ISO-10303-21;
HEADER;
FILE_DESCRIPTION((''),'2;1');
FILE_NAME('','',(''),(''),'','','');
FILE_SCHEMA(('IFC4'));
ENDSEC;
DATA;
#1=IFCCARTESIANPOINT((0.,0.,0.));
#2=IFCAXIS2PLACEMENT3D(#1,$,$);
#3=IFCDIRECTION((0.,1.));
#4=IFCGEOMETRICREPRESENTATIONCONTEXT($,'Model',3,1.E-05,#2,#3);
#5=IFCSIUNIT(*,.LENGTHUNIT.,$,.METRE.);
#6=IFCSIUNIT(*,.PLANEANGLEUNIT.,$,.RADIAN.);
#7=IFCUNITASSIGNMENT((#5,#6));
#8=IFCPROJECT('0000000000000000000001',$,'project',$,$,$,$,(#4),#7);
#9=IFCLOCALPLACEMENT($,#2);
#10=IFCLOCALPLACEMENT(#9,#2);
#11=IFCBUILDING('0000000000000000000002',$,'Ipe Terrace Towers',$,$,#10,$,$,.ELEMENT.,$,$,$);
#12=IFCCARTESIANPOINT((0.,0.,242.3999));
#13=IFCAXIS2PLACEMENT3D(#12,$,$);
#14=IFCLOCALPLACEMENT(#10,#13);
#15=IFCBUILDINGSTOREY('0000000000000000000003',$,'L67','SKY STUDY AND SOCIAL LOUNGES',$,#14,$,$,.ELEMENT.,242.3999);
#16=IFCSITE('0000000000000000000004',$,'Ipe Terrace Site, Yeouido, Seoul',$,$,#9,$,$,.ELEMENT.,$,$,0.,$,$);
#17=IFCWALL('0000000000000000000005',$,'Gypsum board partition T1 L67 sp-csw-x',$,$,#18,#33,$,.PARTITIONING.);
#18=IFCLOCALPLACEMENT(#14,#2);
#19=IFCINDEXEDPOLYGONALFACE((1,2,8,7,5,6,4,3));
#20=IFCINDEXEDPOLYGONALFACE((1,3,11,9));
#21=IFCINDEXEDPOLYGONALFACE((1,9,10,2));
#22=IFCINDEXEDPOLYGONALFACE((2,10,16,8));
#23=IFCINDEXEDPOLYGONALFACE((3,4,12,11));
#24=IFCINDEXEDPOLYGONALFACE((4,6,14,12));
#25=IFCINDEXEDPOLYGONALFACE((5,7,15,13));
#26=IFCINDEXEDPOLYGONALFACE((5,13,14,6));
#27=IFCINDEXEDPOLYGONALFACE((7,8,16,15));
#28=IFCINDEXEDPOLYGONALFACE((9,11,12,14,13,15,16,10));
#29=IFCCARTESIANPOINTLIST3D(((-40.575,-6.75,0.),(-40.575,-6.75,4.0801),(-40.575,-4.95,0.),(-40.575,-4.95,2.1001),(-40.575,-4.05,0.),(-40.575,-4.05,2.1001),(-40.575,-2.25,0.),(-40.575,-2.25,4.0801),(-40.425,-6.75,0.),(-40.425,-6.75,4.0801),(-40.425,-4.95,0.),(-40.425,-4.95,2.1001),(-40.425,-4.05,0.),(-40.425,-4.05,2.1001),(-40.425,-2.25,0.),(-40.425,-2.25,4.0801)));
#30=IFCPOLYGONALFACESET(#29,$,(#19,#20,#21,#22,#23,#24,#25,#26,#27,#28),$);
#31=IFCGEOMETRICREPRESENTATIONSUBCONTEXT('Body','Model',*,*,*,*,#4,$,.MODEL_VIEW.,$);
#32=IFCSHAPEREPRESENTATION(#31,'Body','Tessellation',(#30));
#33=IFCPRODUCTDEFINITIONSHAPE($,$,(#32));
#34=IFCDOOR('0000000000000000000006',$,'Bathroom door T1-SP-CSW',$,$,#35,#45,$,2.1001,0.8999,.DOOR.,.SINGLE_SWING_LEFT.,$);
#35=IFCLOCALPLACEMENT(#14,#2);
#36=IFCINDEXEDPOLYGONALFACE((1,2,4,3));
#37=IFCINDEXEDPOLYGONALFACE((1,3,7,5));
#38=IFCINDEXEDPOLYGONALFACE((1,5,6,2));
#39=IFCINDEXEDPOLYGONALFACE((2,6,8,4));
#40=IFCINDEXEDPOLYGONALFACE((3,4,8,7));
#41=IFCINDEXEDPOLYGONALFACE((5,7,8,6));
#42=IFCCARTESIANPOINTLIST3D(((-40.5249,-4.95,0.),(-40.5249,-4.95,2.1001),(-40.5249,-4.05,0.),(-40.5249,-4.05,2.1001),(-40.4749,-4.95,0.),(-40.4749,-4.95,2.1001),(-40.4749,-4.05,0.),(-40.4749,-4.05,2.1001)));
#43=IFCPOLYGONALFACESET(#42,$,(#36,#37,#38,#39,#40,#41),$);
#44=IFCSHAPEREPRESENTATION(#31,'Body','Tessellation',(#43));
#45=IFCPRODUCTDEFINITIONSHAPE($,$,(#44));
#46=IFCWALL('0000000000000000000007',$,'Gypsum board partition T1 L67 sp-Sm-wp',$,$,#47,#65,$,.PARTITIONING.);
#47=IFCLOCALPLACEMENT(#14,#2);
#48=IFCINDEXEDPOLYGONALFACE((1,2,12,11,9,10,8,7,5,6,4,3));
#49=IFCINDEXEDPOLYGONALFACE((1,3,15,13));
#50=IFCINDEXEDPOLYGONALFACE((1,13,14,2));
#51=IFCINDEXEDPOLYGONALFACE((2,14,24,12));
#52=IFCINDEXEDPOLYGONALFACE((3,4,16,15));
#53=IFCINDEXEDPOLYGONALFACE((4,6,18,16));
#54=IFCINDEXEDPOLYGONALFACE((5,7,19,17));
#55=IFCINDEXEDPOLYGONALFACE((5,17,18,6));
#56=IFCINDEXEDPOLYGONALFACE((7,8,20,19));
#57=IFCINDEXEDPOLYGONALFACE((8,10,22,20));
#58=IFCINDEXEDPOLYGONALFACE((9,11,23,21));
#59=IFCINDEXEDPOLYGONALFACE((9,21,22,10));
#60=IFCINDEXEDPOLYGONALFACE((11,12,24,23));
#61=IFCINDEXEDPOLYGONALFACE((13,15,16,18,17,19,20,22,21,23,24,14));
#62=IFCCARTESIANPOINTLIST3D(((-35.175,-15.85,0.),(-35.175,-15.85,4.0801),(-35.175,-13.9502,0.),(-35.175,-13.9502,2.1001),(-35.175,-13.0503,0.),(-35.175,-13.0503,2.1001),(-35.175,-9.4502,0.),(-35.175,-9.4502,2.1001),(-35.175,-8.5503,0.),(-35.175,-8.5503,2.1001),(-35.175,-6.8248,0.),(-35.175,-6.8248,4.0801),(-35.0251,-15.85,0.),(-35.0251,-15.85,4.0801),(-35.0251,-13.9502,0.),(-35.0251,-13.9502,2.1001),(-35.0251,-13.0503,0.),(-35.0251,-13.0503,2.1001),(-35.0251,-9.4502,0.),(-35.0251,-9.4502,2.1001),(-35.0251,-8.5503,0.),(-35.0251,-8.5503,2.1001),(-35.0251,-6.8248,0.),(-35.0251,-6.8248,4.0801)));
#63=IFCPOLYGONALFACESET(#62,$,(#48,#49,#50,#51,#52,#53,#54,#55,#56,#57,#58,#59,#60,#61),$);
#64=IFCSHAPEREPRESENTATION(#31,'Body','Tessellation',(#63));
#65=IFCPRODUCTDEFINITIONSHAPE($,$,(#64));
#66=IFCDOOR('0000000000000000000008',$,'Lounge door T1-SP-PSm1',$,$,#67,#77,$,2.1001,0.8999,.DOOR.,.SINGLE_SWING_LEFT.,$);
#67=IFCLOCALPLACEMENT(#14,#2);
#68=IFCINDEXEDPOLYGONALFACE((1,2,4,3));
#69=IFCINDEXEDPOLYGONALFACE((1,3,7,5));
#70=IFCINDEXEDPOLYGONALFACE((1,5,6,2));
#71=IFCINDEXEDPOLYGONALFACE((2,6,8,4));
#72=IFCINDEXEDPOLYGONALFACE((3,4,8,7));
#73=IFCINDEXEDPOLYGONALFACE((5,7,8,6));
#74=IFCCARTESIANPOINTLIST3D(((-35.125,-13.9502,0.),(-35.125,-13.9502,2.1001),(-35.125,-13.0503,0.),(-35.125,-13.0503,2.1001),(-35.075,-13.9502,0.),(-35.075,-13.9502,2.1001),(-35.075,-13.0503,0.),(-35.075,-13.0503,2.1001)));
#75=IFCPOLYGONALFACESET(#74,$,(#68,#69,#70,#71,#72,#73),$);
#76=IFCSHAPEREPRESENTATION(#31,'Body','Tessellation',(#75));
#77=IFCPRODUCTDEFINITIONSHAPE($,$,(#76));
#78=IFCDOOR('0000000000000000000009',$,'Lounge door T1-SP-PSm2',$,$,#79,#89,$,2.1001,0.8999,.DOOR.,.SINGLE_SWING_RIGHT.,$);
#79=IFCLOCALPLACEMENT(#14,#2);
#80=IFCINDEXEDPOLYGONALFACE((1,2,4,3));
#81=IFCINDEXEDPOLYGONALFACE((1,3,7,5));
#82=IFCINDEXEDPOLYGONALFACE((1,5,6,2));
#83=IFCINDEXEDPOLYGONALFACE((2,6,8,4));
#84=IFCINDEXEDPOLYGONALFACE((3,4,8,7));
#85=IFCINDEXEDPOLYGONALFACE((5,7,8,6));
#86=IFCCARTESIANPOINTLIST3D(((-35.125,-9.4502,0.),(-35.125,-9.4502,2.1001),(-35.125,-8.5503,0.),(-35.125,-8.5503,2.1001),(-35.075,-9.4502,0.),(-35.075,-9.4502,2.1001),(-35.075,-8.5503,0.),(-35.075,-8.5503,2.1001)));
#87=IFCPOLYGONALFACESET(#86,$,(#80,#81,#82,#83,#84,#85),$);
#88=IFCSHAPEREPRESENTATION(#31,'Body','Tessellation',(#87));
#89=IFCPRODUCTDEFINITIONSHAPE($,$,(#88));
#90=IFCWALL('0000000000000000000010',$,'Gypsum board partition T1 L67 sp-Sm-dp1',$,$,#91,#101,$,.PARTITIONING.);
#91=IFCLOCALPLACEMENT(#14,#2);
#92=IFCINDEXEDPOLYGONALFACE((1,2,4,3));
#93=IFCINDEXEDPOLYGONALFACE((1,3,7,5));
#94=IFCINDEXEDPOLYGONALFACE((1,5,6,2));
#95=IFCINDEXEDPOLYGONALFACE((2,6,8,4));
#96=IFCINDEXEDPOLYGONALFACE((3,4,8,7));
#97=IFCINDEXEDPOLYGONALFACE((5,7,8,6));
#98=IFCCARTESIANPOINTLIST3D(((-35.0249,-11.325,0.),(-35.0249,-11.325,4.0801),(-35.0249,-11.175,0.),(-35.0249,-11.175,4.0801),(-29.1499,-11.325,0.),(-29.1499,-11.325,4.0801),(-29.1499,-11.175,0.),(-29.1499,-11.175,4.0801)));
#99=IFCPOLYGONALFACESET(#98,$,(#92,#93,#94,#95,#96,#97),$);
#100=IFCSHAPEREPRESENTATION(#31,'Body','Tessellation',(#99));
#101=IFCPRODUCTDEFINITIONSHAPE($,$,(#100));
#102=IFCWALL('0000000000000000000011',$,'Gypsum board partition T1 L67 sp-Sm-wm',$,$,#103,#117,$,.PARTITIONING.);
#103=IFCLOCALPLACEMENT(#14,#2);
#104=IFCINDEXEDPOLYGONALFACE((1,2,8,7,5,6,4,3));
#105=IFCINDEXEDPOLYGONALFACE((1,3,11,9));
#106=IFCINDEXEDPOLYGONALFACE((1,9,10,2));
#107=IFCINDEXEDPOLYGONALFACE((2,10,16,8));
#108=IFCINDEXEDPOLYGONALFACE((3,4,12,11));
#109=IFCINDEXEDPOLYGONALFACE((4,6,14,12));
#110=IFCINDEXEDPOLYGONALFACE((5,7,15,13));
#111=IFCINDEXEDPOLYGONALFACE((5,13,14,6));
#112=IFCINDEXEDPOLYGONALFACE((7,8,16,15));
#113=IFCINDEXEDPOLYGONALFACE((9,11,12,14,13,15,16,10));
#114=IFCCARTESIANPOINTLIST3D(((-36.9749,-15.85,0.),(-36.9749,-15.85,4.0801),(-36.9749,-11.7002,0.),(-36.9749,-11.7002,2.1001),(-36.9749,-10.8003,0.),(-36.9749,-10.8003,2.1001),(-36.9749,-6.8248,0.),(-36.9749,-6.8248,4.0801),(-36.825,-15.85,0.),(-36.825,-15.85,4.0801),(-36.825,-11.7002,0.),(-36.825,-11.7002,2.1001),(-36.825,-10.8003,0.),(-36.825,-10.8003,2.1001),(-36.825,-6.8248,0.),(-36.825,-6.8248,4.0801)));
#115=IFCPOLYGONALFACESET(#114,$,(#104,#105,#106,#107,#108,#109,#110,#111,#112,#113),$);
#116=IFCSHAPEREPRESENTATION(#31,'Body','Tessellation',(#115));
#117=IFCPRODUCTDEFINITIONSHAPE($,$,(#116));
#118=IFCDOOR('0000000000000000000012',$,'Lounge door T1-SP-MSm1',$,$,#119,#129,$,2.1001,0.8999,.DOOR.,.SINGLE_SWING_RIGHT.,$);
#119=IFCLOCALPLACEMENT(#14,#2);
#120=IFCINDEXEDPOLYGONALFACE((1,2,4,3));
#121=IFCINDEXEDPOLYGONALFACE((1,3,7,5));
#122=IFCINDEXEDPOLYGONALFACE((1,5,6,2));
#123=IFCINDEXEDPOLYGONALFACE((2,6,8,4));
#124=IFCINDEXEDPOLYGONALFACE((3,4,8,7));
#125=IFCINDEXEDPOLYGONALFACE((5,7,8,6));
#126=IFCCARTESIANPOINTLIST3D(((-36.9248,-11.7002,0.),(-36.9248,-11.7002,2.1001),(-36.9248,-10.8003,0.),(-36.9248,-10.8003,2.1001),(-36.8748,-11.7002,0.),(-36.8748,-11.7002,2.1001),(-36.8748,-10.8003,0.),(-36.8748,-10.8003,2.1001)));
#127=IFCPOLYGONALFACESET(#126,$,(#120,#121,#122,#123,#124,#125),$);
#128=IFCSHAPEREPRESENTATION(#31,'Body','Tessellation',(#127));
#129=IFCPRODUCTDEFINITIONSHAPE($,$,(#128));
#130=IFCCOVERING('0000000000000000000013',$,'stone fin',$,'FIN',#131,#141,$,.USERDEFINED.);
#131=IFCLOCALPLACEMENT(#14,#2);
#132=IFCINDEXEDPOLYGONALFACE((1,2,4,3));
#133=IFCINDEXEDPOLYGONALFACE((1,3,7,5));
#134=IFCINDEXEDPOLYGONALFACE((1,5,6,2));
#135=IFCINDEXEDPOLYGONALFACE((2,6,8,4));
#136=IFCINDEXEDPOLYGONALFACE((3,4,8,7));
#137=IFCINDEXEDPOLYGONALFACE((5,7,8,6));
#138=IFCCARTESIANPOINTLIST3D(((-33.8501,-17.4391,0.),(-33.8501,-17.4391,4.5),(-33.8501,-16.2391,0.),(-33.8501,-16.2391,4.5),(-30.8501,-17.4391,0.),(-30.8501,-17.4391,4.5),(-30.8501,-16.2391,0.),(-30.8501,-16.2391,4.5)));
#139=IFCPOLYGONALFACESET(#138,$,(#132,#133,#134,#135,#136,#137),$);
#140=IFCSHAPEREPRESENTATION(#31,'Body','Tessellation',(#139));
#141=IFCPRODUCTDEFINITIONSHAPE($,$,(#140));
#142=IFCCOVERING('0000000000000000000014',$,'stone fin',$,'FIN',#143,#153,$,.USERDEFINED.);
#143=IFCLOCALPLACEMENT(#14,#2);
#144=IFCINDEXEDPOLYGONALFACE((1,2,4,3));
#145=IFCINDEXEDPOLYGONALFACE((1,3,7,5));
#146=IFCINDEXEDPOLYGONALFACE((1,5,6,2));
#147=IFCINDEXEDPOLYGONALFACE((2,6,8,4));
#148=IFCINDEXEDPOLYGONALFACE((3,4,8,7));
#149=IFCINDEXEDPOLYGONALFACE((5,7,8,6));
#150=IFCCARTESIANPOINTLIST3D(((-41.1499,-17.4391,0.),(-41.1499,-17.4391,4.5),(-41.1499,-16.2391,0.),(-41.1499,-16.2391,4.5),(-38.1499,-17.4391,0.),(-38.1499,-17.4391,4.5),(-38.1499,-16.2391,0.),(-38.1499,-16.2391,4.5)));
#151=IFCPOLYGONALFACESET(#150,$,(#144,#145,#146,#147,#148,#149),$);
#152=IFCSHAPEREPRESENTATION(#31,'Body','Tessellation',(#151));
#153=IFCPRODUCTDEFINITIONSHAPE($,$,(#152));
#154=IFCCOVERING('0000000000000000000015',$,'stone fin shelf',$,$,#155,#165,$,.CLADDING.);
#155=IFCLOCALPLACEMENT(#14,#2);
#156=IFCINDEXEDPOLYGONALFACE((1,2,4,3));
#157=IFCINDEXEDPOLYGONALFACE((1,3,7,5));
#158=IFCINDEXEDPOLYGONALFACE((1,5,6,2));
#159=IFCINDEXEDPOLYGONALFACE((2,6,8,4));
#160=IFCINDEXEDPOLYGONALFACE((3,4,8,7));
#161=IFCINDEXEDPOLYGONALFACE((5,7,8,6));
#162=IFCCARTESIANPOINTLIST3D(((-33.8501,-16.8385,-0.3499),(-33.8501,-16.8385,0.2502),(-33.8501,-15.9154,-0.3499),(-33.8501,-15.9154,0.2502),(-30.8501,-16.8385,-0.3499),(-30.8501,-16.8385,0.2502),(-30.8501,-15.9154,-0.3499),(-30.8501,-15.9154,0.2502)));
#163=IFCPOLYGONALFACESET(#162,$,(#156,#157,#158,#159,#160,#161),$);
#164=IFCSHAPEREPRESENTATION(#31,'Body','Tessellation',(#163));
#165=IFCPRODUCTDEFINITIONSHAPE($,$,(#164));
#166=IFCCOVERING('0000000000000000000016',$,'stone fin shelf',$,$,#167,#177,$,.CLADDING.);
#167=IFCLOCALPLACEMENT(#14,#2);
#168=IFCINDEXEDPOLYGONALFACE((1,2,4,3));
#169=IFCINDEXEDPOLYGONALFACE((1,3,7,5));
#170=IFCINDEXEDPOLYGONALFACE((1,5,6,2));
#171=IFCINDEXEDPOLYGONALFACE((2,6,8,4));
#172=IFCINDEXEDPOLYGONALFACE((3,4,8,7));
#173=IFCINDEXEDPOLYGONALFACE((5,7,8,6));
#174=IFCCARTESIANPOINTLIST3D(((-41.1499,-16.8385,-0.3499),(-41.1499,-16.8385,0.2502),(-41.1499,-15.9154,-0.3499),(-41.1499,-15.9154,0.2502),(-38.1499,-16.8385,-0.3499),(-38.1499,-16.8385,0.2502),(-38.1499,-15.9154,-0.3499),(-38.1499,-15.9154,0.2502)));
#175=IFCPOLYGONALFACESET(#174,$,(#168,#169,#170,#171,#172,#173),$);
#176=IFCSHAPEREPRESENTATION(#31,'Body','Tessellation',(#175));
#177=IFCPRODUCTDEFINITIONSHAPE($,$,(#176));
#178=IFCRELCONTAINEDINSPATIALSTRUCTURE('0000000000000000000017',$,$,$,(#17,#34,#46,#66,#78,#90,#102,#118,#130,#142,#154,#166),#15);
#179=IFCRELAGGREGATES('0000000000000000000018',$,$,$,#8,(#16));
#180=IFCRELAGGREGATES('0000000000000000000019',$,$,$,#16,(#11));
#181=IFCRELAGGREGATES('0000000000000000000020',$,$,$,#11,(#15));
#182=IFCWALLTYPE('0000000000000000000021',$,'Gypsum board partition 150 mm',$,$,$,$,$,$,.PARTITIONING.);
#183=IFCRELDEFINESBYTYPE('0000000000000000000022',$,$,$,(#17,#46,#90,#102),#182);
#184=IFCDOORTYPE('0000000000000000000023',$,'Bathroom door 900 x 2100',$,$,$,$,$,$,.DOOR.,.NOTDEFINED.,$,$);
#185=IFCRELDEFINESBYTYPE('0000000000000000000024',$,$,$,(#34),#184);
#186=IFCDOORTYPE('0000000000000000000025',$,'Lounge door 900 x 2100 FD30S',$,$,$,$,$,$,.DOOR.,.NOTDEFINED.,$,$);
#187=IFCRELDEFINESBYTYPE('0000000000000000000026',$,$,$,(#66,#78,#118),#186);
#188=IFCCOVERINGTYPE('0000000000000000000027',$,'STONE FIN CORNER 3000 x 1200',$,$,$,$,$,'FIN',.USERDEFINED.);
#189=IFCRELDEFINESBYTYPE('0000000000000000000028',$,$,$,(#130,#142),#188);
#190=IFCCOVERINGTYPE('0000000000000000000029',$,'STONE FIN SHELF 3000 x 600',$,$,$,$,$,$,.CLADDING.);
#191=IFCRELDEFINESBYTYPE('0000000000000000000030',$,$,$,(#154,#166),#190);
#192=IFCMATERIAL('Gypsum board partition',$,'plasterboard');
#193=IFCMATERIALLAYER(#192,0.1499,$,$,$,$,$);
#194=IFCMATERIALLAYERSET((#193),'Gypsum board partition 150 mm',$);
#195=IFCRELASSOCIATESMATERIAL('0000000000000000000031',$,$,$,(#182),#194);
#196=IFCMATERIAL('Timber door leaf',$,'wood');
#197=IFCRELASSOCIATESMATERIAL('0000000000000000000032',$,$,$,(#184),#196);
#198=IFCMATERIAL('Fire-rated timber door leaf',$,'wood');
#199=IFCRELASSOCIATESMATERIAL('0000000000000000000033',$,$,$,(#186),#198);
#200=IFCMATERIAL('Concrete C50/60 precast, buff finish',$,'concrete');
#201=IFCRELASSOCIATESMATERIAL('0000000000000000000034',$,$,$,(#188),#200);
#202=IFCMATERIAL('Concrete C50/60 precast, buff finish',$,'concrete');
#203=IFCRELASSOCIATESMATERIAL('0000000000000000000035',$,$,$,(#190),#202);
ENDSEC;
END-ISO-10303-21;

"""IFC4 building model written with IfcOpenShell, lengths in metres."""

from ifc_helpers import new_model, si_unit, direction, frame, frame_2d, origin, origin_2d, place, context, subcontext, project, spatial, rectangle, extrude, material, layer, layer_set, material_profile, profile_set, type_object, element, fill, save


model = new_model("IFC4")

# Units and contexts
model_context = context("Model", 3, precision=1e-05, world=origin(), true_north=direction((0.0, 1.0)))
body_context = subcontext(model_context, "Body", "Model", "MODEL_VIEW")
ifc_project = project(units=[si_unit("LENGTHUNIT", "METRE"), si_unit("PLANEANGLEUNIT", "RADIAN")], contexts=[model_context])

# Site, building, storey
site_placement = place(None, origin())
site = spatial("IfcSite", under=ifc_project, at=site_placement, Name="Ipe Terrace Site, Yeouido, Seoul", CompositionType="ELEMENT", RefElevation=0.0)
building_placement = place(site_placement, origin())
building = spatial("IfcBuilding", under=site, at=building_placement, Name="Ipe Terrace Towers", CompositionType="ELEMENT")
storey_placement = place(building_placement, frame((0.0, 0.0, 242.3999)))
storey = spatial("IfcBuildingStorey", under=building, at=storey_placement, Name="L67", Description="SKY STUDY AND SOCIAL LOUNGES", CompositionType="ELEMENT", Elevation=242.3999)

# Shared definitions
ifc_material_1 = material(Name="Gypsum board partition", Category="plasterboard")
ifc_layer_1 = layer(ifc_material_1, 0.1499)
ifc_layer_set_1 = layer_set([ifc_layer_1], Name="Gypsum board partition 150 mm")
wall_type_1 = type_object("IfcWallType", Name="Gypsum board partition 150 mm", PredefinedType="PARTITIONING", material=ifc_layer_set_1)
ifc_material_2 = material(Name="Timber door leaf", Category="wood")
door_type_1 = type_object("IfcDoorType", Name="Bathroom door 900 x 2100", OperationType="NOTDEFINED", PredefinedType="DOOR", material=ifc_material_2)

# Wall, opening, door
wall_1_placement = place(storey_placement, frame((-40.5, -6.75, 0.0), z_axis=(0.0, 0.0, 1.0), x_axis=(0.0, 1.0, 0.0)))
wall_1 = element("IfcWall", 1, at=wall_1_placement, inside=storey, type_object=wall_type_1, Name="Gypsum board partition T1 L67 sp-csw-x", PredefinedType="PARTITIONING", context=body_context, shape_type="SweptSolid", body=[
    extrude(rectangle(XDim=4.5, YDim=0.1499, at=frame_2d((2.25, 0.0))), origin(), (0.0, 0.0, 1.0), 4.0801),
])
opening_1_placement = place(wall_1_placement, frame((1.8, 0.0, 0.0)))
opening_1 = element("IfcOpeningElement", 2, at=opening_1_placement, cuts=wall_1, PredefinedType="OPENING", context=body_context, shape_type="SweptSolid", body=[
    extrude(rectangle(XDim=0.8999, YDim=2.1001, at=frame_2d((0.45, 1.05))), frame((0.0, 0.085, 0.0), z_axis=(0.0, -1.0, 0.0), x_axis=(1.0, 0.0, 0.0)), (0.0, 0.0, 1.0), 0.1699),
])
door_1_placement = place(opening_1_placement, origin())
door_1 = element("IfcDoor", 3, at=door_1_placement, inside=storey, type_object=door_type_1, Name="Bathroom door T1-SP-CSW", OperationType="SINGLE_SWING_LEFT", OverallHeight=2.1001, OverallWidth=0.8999, PredefinedType="DOOR", context=body_context, shape_type="SweptSolid", body=[
    extrude(rectangle(XDim=0.8999, YDim=2.1001, at=frame_2d((0.45, 1.05))), frame((0.0, 0.0249, 0.0), z_axis=(0.0, -1.0, 0.0), x_axis=(1.0, 0.0, 0.0)), (0.0, 0.0, 1.0), 0.05),
])
fill(opening_1, door_1)

# Wall, openings, doors
wall_2_placement = place(storey_placement, frame((-35.1001, -15.8501, 0.0), z_axis=(0.0, 0.0, 1.0), x_axis=(0.0, 1.0, 0.0)))
wall_2 = element("IfcWall", 4, at=wall_2_placement, inside=storey, type_object=wall_type_1, Name="Gypsum board partition T1 L67 sp-Sm-wp", PredefinedType="PARTITIONING", context=body_context, shape_type="SweptSolid", body=[
    extrude(rectangle(XDim=9.0251, YDim=0.1499, at=frame_2d((4.5127, 0.0))), origin(), (0.0, 0.0, 1.0), 4.0801),
])
opening_2_placement = place(wall_2_placement, frame((1.8999, 0.0, 0.0)))
opening_2 = element("IfcOpeningElement", 5, at=opening_2_placement, cuts=wall_2, PredefinedType="OPENING", context=body_context, shape_type="SweptSolid", body=[
    extrude(rectangle(XDim=0.8999, YDim=2.1001, at=frame_2d((0.45, 1.05))), frame((0.0, 0.085, 0.0), z_axis=(0.0, -1.0, 0.0), x_axis=(1.0, 0.0, 0.0)), (0.0, 0.0, 1.0), 0.1699),
])
opening_3_placement = place(wall_2_placement, frame((6.3999, 0.0, 0.0)))
opening_3 = element("IfcOpeningElement", 6, at=opening_3_placement, cuts=wall_2, PredefinedType="OPENING", context=body_context, shape_type="SweptSolid", body=[
    extrude(rectangle(XDim=0.8999, YDim=2.1001, at=frame_2d((0.45, 1.05))), frame((0.0, 0.085, 0.0), z_axis=(0.0, -1.0, 0.0), x_axis=(1.0, 0.0, 0.0)), (0.0, 0.0, 1.0), 0.1699),
])
ifc_material_3 = material(Name="Fire-rated timber door leaf", Category="wood")
door_type_2 = type_object("IfcDoorType", Name="Lounge door 900 x 2100 FD30S", OperationType="NOTDEFINED", PredefinedType="DOOR", material=ifc_material_3)
door_2_placement = place(opening_2_placement, origin())
door_2 = element("IfcDoor", 7, at=door_2_placement, inside=storey, type_object=door_type_2, Name="Lounge door T1-SP-PSm1", OperationType="SINGLE_SWING_LEFT", OverallHeight=2.1001, OverallWidth=0.8999, PredefinedType="DOOR", context=body_context, shape_type="SweptSolid", body=[
    extrude(rectangle(XDim=0.8999, YDim=2.1001, at=frame_2d((0.45, 1.05))), frame((0.0, 0.0249, 0.0), z_axis=(0.0, -1.0, 0.0), x_axis=(1.0, 0.0, 0.0)), (0.0, 0.0, 1.0), 0.05),
])
fill(opening_2, door_2)
door_3_placement = place(opening_3_placement, origin())
door_3 = element("IfcDoor", 8, at=door_3_placement, inside=storey, type_object=door_type_2, Name="Lounge door T1-SP-PSm2", OperationType="SINGLE_SWING_RIGHT", OverallHeight=2.1001, OverallWidth=0.8999, PredefinedType="DOOR", context=body_context, shape_type="SweptSolid", body=[
    extrude(rectangle(XDim=0.8999, YDim=2.1001, at=frame_2d((0.45, 1.05))), frame((0.0, 0.0249, 0.0), z_axis=(0.0, -1.0, 0.0), x_axis=(1.0, 0.0, 0.0)), (0.0, 0.0, 1.0), 0.05),
])
fill(opening_3, door_3)

# Wall
wall_3_placement = place(storey_placement, frame((-35.0249, -11.25, 0.0), z_axis=(0.0, 0.0, 1.0), x_axis=(1.0, 0.0, 0.0)))
element("IfcWall", 9, at=wall_3_placement, inside=storey, type_object=wall_type_1, Name="Gypsum board partition T1 L67 sp-Sm-dp1", PredefinedType="PARTITIONING", context=body_context, shape_type="SweptSolid", body=[
    extrude(rectangle(XDim=5.875, YDim=0.1499, at=frame_2d((2.9375, 0.0))), origin(), (0.0, 0.0, 1.0), 4.0801),
])

# Wall, opening, door
wall_4_placement = place(storey_placement, frame((-36.8999, -15.8501, 0.0), z_axis=(0.0, 0.0, 1.0), x_axis=(0.0, 1.0, 0.0)))
wall_4 = element("IfcWall", 10, at=wall_4_placement, inside=storey, type_object=wall_type_1, Name="Gypsum board partition T1 L67 sp-Sm-wm", PredefinedType="PARTITIONING", context=body_context, shape_type="SweptSolid", body=[
    extrude(rectangle(XDim=9.0251, YDim=0.1499, at=frame_2d((4.5127, 0.0))), origin(), (0.0, 0.0, 1.0), 4.0801),
])
opening_4_placement = place(wall_4_placement, frame((4.1499, 0.0, 0.0)))
opening_4 = element("IfcOpeningElement", 11, at=opening_4_placement, cuts=wall_4, PredefinedType="OPENING", context=body_context, shape_type="SweptSolid", body=[
    extrude(rectangle(XDim=0.8999, YDim=2.1001, at=frame_2d((0.45, 1.05))), frame((0.0, 0.085, 0.0), z_axis=(0.0, -1.0, 0.0), x_axis=(1.0, 0.0, 0.0)), (0.0, 0.0, 1.0), 0.1699),
])
door_4_placement = place(opening_4_placement, origin())
door_4 = element("IfcDoor", 12, at=door_4_placement, inside=storey, type_object=door_type_2, Name="Lounge door T1-SP-MSm1", OperationType="SINGLE_SWING_RIGHT", OverallHeight=2.1001, OverallWidth=0.8999, PredefinedType="DOOR", context=body_context, shape_type="SweptSolid", body=[
    extrude(rectangle(XDim=0.8999, YDim=2.1001, at=frame_2d((0.45, 1.05))), frame((0.0, 0.0249, 0.0), z_axis=(0.0, -1.0, 0.0), x_axis=(1.0, 0.0, 0.0)), (0.0, 0.0, 1.0), 0.05),
])
fill(opening_4, door_4)

# Coverings
ifc_material_4 = material(Name="Concrete C50/60 precast, buff finish", Category="concrete")
ifc_material_profile_1 = material_profile(ifc_material_4, rectangle(XDim=3.0, YDim=1.2, at=origin_2d()), Name="STONE FIN CORNER 3000 x 1200")
ifc_profile_set_1 = profile_set([ifc_material_profile_1], Name="Concrete C50/60 precast, buff finish")
covering_type_1 = type_object("IfcCoveringType", Name="STONE FIN CORNER 3000 x 1200", ElementType="FIN", PredefinedType="USERDEFINED", material=ifc_profile_set_1)
for number, where, z_axis, x_axis, name in (
    (13, (-32.3501, -16.8391, 0.0), (0.0, 0.0, 1.0), (1.0, 0.0, 0.0), "stone fin"),
    (14, (-39.6499, -16.8391, 0.0), (0.0, 0.0, 1.0), (1.0, 0.0, 0.0), "stone fin"),
):
    element("IfcCovering", number, at=place(storey_placement, frame(where, z_axis=z_axis, x_axis=x_axis)), inside=storey, type_object=covering_type_1, Name=name, ObjectType="FIN", PredefinedType="USERDEFINED", context=body_context, shape_type="SweptSolid", body=[
        extrude(rectangle(XDim=3.0, YDim=1.2, at=origin_2d()), origin(), (0.0, 0.0, 1.0), 4.5),
    ])
ifc_material_5 = material(Name="Concrete C50/60 precast, buff finish", Category="concrete")
covering_type_2 = type_object("IfcCoveringType", Name="STONE FIN SHELF 3000 x 600", PredefinedType="CLADDING", material=ifc_material_5)
for number, where, z_axis, x_axis, name in (
    (15, (-32.3501, -16.377, -0.3499), (0.0, 0.0, 1.0), (1.0, 0.0, 0.0), "stone fin shelf"),
    (16, (-39.6499, -16.377, -0.3499), (0.0, 0.0, 1.0), (1.0, 0.0, 0.0), "stone fin shelf"),
):
    element("IfcCovering", number, at=place(storey_placement, frame(where, z_axis=z_axis, x_axis=x_axis)), inside=storey, type_object=covering_type_2, Name=name, PredefinedType="CLADDING", context=body_context, shape_type="SweptSolid", body=[
        extrude(rectangle(XDim=3.0, YDim=0.9231, at=origin_2d()), origin(), (0.0, 0.0, 1.0), 0.6001),
    ])

save(model, "model.ifc")
